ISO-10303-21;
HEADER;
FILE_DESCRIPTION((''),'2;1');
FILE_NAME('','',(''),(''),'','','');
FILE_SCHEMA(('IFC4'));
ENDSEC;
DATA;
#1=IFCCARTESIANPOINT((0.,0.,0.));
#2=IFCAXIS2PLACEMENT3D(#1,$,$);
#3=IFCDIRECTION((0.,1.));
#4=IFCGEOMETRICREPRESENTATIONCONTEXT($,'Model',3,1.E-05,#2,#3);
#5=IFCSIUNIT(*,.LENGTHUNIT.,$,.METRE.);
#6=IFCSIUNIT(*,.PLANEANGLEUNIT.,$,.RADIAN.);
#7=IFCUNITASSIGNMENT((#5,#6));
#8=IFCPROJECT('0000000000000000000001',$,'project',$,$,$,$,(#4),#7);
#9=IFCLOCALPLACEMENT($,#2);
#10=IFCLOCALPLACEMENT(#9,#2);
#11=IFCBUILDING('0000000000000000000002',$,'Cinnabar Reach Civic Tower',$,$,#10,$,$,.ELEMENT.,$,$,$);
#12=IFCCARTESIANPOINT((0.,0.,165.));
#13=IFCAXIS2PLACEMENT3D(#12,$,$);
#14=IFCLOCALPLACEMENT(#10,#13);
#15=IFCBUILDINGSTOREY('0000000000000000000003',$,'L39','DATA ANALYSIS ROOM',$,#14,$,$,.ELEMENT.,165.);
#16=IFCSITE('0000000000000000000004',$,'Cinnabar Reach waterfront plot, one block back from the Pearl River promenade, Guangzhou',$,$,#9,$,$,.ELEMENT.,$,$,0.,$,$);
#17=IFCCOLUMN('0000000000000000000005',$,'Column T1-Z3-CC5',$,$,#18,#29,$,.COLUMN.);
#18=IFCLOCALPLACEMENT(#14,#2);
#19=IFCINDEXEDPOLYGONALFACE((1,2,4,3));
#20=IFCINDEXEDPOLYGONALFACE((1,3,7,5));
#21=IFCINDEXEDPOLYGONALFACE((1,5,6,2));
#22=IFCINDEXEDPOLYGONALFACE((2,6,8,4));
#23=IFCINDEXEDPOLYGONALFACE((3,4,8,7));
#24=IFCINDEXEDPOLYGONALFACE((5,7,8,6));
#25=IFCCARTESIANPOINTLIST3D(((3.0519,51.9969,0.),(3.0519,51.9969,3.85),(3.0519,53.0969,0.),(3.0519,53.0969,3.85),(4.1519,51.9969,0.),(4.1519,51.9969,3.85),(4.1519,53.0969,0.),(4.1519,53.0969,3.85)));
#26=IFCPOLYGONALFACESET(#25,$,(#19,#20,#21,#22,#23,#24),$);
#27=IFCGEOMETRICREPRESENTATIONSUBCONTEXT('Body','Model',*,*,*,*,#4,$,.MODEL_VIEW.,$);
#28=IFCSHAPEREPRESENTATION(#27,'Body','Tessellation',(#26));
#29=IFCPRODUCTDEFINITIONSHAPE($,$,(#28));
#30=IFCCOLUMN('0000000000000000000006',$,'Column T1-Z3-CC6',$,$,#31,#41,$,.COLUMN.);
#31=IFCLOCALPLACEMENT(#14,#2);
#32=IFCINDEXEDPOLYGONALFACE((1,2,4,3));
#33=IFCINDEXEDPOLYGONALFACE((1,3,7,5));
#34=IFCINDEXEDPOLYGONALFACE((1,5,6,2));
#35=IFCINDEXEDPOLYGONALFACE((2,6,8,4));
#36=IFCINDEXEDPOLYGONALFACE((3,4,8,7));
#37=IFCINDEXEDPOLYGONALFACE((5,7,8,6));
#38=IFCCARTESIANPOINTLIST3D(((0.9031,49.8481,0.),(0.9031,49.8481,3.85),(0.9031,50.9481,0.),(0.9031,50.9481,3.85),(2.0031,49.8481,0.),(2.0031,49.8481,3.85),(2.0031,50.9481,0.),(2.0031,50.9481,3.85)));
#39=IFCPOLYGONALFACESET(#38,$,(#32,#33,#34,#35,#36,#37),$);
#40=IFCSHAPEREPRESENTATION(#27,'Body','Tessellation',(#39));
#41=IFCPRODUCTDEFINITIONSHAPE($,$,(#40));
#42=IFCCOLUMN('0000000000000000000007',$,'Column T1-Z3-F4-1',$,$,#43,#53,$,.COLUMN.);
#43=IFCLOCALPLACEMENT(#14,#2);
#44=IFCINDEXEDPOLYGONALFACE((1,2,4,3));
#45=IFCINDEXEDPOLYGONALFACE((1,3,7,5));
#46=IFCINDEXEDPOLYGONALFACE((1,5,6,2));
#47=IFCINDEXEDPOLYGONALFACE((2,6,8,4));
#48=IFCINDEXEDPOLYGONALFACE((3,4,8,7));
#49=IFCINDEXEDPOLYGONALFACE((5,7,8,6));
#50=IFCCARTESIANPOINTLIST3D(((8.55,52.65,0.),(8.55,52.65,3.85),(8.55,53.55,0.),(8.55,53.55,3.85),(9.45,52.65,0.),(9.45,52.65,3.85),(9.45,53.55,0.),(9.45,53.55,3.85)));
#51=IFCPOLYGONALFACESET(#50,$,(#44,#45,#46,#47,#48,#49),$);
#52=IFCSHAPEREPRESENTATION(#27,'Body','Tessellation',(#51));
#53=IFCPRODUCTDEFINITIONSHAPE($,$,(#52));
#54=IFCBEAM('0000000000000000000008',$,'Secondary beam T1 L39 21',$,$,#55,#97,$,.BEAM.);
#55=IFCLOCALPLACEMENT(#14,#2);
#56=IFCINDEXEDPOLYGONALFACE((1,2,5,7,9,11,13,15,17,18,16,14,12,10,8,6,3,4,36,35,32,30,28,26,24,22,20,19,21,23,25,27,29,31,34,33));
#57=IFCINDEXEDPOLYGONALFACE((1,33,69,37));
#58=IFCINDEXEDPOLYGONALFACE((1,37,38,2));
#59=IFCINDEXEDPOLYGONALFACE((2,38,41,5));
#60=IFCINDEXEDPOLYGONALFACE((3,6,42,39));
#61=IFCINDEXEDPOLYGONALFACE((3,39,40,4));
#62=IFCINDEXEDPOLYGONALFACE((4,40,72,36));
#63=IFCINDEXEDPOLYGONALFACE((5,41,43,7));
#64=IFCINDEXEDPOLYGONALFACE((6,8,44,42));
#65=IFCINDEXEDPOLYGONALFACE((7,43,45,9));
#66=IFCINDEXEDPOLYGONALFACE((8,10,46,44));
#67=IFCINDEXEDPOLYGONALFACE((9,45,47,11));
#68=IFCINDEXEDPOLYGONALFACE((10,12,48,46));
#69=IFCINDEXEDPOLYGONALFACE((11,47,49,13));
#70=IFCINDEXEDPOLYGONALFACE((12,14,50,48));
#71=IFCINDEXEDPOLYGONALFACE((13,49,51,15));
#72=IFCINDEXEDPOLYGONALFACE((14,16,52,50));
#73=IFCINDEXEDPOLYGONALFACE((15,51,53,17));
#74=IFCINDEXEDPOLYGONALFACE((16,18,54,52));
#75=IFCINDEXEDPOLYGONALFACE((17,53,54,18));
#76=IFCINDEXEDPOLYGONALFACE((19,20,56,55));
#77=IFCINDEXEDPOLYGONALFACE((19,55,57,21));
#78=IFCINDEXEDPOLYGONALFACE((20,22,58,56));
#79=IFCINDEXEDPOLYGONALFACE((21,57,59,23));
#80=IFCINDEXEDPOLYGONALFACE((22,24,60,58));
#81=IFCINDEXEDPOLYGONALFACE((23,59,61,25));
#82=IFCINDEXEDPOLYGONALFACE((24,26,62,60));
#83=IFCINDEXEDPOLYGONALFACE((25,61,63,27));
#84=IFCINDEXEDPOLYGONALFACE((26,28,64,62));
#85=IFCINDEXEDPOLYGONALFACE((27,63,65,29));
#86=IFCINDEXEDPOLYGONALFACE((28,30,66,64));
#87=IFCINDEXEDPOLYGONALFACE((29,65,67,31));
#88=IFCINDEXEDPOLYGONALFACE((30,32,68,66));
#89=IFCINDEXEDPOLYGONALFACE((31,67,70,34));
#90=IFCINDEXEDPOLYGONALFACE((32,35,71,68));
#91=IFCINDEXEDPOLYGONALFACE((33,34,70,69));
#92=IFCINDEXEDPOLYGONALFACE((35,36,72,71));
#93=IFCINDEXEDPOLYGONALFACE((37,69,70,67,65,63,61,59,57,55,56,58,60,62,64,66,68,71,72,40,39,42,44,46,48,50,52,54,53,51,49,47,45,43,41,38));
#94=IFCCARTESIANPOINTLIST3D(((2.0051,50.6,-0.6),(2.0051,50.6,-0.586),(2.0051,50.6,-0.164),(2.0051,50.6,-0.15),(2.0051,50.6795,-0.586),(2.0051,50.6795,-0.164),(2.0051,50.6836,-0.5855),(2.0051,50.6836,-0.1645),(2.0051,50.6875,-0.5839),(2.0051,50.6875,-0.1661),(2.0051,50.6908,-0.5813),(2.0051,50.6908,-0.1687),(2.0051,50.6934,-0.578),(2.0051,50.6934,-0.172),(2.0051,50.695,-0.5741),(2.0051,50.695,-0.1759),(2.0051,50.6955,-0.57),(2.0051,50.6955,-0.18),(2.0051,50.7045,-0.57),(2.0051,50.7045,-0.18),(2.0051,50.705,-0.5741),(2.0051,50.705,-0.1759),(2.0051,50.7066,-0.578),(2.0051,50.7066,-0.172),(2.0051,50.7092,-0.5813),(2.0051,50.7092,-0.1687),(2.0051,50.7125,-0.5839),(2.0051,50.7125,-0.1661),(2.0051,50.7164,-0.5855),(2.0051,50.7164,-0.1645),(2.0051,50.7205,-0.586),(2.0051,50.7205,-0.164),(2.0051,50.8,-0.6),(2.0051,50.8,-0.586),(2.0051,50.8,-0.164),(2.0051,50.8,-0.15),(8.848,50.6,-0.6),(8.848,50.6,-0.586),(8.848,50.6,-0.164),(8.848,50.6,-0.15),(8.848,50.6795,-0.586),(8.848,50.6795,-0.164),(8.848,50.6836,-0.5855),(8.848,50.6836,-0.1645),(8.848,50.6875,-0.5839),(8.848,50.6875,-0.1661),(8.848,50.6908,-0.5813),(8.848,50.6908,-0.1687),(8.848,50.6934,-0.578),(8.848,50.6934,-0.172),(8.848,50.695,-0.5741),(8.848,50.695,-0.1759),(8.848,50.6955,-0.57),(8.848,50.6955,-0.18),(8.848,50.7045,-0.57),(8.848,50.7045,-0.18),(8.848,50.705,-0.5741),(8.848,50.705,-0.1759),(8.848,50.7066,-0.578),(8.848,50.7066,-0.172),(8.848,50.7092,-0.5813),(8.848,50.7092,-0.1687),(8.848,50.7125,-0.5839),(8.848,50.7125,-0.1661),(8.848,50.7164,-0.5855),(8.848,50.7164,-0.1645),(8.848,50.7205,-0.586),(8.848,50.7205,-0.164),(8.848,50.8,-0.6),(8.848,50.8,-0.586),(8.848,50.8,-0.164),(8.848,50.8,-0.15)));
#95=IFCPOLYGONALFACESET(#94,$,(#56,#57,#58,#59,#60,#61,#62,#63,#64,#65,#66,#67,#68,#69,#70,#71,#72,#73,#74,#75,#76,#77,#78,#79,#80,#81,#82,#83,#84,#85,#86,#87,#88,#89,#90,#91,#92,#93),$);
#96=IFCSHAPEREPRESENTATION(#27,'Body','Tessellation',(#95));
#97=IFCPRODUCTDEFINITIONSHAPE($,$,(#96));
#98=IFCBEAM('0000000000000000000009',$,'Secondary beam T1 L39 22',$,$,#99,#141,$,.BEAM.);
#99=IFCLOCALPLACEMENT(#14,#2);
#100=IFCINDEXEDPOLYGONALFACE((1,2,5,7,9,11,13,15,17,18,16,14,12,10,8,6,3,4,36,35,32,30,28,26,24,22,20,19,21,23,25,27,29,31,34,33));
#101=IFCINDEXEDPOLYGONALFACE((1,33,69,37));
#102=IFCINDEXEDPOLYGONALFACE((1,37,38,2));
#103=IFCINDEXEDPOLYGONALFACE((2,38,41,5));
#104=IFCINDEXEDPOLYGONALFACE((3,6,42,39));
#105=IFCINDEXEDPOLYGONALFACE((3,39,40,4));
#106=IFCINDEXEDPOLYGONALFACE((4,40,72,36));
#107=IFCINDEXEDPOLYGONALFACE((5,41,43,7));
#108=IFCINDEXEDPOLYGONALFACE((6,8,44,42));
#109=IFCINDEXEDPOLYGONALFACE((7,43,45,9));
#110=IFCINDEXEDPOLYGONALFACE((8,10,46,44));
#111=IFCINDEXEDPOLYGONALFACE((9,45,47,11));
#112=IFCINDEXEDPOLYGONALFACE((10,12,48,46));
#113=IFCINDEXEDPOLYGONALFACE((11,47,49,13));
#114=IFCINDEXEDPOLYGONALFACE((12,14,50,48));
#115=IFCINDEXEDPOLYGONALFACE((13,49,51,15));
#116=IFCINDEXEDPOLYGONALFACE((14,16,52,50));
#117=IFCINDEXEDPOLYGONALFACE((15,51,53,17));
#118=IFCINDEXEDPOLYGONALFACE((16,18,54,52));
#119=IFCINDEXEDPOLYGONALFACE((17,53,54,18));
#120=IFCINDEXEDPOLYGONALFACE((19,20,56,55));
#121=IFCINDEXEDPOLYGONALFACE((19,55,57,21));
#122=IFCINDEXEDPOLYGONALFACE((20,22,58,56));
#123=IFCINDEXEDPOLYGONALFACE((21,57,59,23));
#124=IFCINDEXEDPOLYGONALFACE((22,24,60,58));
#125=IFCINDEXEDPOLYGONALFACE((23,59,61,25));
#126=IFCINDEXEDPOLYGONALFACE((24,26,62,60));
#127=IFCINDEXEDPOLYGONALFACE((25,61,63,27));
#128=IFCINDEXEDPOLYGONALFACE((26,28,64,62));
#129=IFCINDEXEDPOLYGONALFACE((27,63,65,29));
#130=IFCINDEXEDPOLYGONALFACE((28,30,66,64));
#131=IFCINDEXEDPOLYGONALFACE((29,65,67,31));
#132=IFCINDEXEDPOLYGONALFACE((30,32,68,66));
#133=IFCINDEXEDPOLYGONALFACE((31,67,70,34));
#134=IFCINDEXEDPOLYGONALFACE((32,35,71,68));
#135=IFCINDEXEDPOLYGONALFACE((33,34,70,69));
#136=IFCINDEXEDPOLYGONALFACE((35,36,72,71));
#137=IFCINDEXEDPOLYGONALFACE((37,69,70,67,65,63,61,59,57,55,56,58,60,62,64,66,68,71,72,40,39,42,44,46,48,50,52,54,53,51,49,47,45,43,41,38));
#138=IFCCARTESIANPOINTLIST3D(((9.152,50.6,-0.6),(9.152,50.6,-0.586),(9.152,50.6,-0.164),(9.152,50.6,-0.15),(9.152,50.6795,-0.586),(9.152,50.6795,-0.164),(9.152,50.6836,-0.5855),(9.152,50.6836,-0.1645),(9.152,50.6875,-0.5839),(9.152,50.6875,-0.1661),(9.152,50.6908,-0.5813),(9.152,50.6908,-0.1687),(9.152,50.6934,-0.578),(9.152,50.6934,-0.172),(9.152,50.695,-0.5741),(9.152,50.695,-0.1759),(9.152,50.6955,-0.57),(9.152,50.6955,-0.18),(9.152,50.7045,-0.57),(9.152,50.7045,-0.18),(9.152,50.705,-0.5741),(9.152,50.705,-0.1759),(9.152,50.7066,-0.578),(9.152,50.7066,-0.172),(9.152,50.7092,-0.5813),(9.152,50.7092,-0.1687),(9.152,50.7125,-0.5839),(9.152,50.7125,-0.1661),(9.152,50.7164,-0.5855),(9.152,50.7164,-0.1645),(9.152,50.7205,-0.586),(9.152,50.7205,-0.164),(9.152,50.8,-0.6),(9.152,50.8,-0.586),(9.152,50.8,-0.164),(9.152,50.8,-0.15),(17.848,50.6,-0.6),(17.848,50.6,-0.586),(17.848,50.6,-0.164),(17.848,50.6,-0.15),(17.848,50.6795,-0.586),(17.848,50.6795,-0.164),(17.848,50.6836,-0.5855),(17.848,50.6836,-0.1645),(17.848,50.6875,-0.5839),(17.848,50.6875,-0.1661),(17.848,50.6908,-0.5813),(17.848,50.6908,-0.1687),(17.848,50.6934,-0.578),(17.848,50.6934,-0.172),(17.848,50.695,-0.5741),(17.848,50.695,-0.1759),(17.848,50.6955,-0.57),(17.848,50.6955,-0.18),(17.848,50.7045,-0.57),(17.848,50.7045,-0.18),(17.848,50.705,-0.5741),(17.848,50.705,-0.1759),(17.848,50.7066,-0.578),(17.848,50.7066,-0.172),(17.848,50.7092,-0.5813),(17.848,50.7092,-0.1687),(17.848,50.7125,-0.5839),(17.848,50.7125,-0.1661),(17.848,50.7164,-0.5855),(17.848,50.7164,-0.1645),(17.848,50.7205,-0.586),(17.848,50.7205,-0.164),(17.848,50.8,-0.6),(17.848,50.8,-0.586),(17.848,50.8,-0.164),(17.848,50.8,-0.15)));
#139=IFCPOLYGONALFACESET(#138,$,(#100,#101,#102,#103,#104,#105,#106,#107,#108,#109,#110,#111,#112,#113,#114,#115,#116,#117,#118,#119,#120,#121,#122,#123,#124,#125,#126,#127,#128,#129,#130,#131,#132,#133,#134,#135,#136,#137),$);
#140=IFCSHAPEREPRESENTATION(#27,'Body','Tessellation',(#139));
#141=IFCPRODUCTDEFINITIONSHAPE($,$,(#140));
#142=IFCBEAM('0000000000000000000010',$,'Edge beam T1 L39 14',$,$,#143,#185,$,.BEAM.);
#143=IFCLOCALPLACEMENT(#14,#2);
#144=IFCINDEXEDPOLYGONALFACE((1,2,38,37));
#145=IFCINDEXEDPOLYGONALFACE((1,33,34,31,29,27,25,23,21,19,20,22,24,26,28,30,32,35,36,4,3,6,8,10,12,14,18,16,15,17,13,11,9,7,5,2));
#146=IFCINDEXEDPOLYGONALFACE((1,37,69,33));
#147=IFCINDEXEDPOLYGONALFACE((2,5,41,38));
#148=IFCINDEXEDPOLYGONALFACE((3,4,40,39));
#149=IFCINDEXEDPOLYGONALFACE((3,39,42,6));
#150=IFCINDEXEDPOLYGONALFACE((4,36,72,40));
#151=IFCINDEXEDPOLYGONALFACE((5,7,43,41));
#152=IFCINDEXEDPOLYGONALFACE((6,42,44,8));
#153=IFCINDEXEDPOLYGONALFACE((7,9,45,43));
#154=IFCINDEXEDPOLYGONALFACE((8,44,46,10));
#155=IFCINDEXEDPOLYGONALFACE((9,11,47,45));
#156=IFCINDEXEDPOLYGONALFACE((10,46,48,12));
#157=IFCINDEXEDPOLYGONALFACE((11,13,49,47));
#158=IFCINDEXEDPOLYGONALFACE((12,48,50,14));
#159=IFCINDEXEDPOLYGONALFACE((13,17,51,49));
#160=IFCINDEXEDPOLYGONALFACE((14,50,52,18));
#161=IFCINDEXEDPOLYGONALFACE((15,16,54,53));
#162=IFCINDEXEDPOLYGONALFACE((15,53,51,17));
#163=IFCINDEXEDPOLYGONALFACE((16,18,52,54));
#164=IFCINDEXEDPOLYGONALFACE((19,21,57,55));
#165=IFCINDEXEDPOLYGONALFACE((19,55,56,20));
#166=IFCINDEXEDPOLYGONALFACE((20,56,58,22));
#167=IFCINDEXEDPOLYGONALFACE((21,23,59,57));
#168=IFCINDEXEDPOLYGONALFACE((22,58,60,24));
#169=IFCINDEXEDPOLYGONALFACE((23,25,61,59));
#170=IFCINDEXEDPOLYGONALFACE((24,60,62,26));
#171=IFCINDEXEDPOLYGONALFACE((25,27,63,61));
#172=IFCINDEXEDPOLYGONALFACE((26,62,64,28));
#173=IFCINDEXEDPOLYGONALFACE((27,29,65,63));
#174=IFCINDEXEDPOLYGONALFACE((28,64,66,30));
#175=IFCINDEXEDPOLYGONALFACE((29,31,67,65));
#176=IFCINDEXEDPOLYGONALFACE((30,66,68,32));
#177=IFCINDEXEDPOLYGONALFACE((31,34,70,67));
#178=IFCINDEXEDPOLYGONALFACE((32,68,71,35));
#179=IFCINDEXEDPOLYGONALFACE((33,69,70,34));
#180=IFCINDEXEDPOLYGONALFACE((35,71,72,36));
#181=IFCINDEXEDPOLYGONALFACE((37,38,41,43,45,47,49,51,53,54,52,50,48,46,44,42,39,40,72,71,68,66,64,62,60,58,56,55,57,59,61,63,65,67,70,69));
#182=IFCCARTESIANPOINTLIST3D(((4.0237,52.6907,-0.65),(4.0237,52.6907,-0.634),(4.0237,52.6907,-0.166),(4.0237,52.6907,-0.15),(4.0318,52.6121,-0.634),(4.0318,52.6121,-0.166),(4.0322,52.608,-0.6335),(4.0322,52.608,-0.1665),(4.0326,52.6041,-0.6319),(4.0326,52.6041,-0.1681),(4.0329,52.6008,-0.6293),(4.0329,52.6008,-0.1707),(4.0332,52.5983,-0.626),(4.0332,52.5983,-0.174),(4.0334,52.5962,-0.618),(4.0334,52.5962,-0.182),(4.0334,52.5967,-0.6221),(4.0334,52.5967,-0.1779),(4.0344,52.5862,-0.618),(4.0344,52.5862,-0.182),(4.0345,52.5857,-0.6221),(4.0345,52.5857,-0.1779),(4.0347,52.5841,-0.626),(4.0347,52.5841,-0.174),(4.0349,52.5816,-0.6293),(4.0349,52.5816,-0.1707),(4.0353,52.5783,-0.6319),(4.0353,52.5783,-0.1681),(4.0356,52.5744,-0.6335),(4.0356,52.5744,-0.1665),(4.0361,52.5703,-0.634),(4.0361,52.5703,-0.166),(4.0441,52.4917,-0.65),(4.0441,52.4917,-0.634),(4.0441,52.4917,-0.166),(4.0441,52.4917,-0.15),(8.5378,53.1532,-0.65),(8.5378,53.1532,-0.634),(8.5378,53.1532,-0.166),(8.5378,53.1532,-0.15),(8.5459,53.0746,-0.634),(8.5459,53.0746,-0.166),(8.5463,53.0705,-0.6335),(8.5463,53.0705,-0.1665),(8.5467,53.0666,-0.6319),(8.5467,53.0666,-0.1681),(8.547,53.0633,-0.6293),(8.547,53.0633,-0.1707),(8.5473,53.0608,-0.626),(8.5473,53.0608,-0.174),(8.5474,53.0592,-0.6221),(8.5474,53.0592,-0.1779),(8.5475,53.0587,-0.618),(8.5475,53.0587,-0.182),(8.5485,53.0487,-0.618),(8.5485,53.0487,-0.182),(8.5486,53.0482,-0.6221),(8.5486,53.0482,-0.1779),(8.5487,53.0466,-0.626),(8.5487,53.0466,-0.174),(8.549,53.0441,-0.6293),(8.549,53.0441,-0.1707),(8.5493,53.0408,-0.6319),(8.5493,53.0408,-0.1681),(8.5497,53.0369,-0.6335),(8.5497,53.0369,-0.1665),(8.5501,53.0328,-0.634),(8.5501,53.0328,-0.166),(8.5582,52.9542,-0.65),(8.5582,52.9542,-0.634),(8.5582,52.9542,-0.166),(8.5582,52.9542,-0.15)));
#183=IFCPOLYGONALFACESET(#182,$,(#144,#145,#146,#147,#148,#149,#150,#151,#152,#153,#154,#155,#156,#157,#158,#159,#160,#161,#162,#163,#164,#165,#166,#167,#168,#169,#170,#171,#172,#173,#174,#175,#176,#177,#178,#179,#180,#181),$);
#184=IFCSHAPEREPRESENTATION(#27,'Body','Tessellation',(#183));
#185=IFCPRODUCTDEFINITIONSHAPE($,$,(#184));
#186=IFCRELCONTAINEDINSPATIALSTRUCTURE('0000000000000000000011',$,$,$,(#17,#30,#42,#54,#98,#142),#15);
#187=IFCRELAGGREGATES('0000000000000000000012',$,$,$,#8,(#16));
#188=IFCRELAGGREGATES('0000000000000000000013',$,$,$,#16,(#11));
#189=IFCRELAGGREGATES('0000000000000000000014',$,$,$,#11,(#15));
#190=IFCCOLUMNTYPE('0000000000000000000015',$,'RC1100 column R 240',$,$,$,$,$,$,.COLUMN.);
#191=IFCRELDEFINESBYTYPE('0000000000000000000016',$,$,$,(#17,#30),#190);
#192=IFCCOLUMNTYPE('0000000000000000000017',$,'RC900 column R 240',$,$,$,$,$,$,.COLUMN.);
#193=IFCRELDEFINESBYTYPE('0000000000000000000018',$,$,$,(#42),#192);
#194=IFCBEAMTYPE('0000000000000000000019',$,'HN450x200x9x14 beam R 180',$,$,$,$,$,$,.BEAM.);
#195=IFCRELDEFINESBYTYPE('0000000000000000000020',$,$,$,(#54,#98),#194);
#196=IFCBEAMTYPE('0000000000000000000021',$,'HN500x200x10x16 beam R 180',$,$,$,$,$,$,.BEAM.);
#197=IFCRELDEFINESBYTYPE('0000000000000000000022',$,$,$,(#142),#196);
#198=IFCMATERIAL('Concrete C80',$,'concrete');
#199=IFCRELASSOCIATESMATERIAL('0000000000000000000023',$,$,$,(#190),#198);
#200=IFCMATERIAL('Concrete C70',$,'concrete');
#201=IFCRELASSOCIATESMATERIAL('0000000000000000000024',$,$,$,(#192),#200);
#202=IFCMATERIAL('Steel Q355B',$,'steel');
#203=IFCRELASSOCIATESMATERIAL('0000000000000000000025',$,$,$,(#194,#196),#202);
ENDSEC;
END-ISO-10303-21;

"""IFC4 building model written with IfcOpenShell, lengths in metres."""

from ifc_helpers import new_model, si_unit, direction, frame, origin, origin_2d, place, context, subcontext, project, spatial, rectangle, i_section, extrude, material, material_profile, profile_set, type_object, element, save


model = new_model("IFC4")

# Units and contexts
model_context = context("Model", 3, precision=1e-05, world=origin(), true_north=direction((0.0, 1.0)))
body_context = subcontext(model_context, "Body", "Model", "MODEL_VIEW")
ifc_project = project(units=[si_unit("LENGTHUNIT", "METRE"), si_unit("PLANEANGLEUNIT", "RADIAN")], contexts=[model_context])

# Site, building, storey
site_placement = place(None, origin())
site = spatial("IfcSite", under=ifc_project, at=site_placement, Name="Cinnabar Reach waterfront plot, one block back from the Pearl River promenade, Guangzhou", CompositionType="ELEMENT", RefElevation=0.0)
building_placement = place(site_placement, origin())
building = spatial("IfcBuilding", under=site, at=building_placement, Name="Cinnabar Reach Civic Tower", CompositionType="ELEMENT")
storey_placement = place(building_placement, frame((0.0, 0.0, 165.0)))
storey = spatial("IfcBuildingStorey", under=building, at=storey_placement, Name="L39", Description="DATA ANALYSIS ROOM", CompositionType="ELEMENT", Elevation=165.0)

# Columns
ifc_material_1 = material(Name="Concrete C80", Category="concrete")
ifc_material_profile_1 = material_profile(ifc_material_1, rectangle(XDim=1.1, YDim=1.1, at=origin_2d()), Name="RC1100")
ifc_profile_set_1 = profile_set([ifc_material_profile_1], Name="Concrete C80")
column_type_1 = type_object("IfcColumnType", Name="RC1100 column R 240", PredefinedType="COLUMN", material=ifc_profile_set_1)
for number, where, z_axis, x_axis, name in (
    (1, (3.6019, 52.5469, 0.0), (0.0, 0.0, 1.0), (1.0, 0.0, 0.0), "Column T1-Z3-CC5"),
    (2, (1.4531, 50.3981, 0.0), (0.0, 0.0, 1.0), (1.0, 0.0, 0.0), "Column T1-Z3-CC6"),
):
    element("IfcColumn", number, at=place(storey_placement, frame(where, z_axis=z_axis, x_axis=x_axis)), inside=storey, type_object=column_type_1, Name=name, PredefinedType="COLUMN", context=body_context, shape_type="SweptSolid", body=[
        extrude(rectangle(XDim=1.1, YDim=1.1, at=origin_2d()), origin(), (0.0, 0.0, 1.0), 3.85),
    ])
ifc_material_2 = material(Name="Concrete C70", Category="concrete")
ifc_material_profile_2 = material_profile(ifc_material_2, rectangle(XDim=0.9, YDim=0.9, at=origin_2d()), Name="RC900")
ifc_profile_set_2 = profile_set([ifc_material_profile_2], Name="Concrete C70")
column_type_2 = type_object("IfcColumnType", Name="RC900 column R 240", PredefinedType="COLUMN", material=ifc_profile_set_2)
column_placement = place(storey_placement, frame((9.0, 53.1, 0.0), z_axis=(0.0, 0.0, 1.0), x_axis=(1.0, 0.0, 0.0)))
element("IfcColumn", 3, at=column_placement, inside=storey, type_object=column_type_2, Name="Column T1-Z3-F4-1", PredefinedType="COLUMN", context=body_context, shape_type="SweptSolid", body=[
    extrude(rectangle(XDim=0.9, YDim=0.9, at=origin_2d()), origin(), (0.0, 0.0, 1.0), 3.85),
])

# Beams
ifc_material_3 = material(Name="Steel Q355B", Category="steel")
ifc_material_profile_3 = material_profile(ifc_material_3, i_section(OverallWidth=0.2, OverallDepth=0.45, WebThickness=0.009, FlangeThickness=0.014, FilletRadius=0.016, at=origin_2d()), Name="HN450x200x9x14")
ifc_profile_set_3 = profile_set([ifc_material_profile_3], Name="Steel Q355B")
beam_type_1 = type_object("IfcBeamType", Name="HN450x200x9x14 beam R 180", PredefinedType="BEAM", material=ifc_profile_set_3)
beam_1_placement = place(storey_placement, frame((2.0051, 50.7, -0.375), z_axis=(1.0, 0.0, 0.0), x_axis=(0.0, 1.0, 0.0)))
element("IfcBeam", 4, at=beam_1_placement, inside=storey, type_object=beam_type_1, Name="Secondary beam T1 L39 21", PredefinedType="BEAM", context=body_context, shape_type="SweptSolid", body=[
    extrude(i_section(OverallWidth=0.2, OverallDepth=0.45, WebThickness=0.009, FlangeThickness=0.014, FilletRadius=0.016, at=origin_2d()), origin(), (0.0, 0.0, 1.0), 6.8429),
])
beam_2_placement = place(storey_placement, frame((9.152, 50.7, -0.375), z_axis=(1.0, 0.0, 0.0), x_axis=(0.0, 1.0, 0.0)))
element("IfcBeam", 5, at=beam_2_placement, inside=storey, type_object=beam_type_1, Name="Secondary beam T1 L39 22", PredefinedType="BEAM", context=body_context, shape_type="SweptSolid", body=[
    extrude(i_section(OverallWidth=0.2, OverallDepth=0.45, WebThickness=0.009, FlangeThickness=0.014, FilletRadius=0.016, at=origin_2d()), origin(), (0.0, 0.0, 1.0), 8.696),
])
ifc_material_profile_4 = material_profile(ifc_material_3, i_section(OverallWidth=0.2, OverallDepth=0.5, WebThickness=0.01, FlangeThickness=0.016, FilletRadius=0.016, at=origin_2d()), Name="HN500x200x10x16")
ifc_profile_set_4 = profile_set([ifc_material_profile_4], Name="Steel Q355B")
beam_type_2 = type_object("IfcBeamType", Name="HN500x200x10x16 beam R 180", PredefinedType="BEAM", material=ifc_profile_set_4)
beam_3_placement = place(storey_placement, frame((8.548, 53.0537, -0.4), z_axis=(-0.994792, -0.101923, 0.0), x_axis=(0.101923, -0.994792, 0.0)))
element("IfcBeam", 6, at=beam_3_placement, inside=storey, type_object=beam_type_2, Name="Edge beam T1 L39 14", PredefinedType="BEAM", context=body_context, shape_type="SweptSolid", body=[
    extrude(i_section(OverallWidth=0.2, OverallDepth=0.5, WebThickness=0.01, FlangeThickness=0.016, FilletRadius=0.016, at=origin_2d()), origin(), (0.0, 0.0, 1.0), 4.5377),
])

save(model, "model.ifc")
